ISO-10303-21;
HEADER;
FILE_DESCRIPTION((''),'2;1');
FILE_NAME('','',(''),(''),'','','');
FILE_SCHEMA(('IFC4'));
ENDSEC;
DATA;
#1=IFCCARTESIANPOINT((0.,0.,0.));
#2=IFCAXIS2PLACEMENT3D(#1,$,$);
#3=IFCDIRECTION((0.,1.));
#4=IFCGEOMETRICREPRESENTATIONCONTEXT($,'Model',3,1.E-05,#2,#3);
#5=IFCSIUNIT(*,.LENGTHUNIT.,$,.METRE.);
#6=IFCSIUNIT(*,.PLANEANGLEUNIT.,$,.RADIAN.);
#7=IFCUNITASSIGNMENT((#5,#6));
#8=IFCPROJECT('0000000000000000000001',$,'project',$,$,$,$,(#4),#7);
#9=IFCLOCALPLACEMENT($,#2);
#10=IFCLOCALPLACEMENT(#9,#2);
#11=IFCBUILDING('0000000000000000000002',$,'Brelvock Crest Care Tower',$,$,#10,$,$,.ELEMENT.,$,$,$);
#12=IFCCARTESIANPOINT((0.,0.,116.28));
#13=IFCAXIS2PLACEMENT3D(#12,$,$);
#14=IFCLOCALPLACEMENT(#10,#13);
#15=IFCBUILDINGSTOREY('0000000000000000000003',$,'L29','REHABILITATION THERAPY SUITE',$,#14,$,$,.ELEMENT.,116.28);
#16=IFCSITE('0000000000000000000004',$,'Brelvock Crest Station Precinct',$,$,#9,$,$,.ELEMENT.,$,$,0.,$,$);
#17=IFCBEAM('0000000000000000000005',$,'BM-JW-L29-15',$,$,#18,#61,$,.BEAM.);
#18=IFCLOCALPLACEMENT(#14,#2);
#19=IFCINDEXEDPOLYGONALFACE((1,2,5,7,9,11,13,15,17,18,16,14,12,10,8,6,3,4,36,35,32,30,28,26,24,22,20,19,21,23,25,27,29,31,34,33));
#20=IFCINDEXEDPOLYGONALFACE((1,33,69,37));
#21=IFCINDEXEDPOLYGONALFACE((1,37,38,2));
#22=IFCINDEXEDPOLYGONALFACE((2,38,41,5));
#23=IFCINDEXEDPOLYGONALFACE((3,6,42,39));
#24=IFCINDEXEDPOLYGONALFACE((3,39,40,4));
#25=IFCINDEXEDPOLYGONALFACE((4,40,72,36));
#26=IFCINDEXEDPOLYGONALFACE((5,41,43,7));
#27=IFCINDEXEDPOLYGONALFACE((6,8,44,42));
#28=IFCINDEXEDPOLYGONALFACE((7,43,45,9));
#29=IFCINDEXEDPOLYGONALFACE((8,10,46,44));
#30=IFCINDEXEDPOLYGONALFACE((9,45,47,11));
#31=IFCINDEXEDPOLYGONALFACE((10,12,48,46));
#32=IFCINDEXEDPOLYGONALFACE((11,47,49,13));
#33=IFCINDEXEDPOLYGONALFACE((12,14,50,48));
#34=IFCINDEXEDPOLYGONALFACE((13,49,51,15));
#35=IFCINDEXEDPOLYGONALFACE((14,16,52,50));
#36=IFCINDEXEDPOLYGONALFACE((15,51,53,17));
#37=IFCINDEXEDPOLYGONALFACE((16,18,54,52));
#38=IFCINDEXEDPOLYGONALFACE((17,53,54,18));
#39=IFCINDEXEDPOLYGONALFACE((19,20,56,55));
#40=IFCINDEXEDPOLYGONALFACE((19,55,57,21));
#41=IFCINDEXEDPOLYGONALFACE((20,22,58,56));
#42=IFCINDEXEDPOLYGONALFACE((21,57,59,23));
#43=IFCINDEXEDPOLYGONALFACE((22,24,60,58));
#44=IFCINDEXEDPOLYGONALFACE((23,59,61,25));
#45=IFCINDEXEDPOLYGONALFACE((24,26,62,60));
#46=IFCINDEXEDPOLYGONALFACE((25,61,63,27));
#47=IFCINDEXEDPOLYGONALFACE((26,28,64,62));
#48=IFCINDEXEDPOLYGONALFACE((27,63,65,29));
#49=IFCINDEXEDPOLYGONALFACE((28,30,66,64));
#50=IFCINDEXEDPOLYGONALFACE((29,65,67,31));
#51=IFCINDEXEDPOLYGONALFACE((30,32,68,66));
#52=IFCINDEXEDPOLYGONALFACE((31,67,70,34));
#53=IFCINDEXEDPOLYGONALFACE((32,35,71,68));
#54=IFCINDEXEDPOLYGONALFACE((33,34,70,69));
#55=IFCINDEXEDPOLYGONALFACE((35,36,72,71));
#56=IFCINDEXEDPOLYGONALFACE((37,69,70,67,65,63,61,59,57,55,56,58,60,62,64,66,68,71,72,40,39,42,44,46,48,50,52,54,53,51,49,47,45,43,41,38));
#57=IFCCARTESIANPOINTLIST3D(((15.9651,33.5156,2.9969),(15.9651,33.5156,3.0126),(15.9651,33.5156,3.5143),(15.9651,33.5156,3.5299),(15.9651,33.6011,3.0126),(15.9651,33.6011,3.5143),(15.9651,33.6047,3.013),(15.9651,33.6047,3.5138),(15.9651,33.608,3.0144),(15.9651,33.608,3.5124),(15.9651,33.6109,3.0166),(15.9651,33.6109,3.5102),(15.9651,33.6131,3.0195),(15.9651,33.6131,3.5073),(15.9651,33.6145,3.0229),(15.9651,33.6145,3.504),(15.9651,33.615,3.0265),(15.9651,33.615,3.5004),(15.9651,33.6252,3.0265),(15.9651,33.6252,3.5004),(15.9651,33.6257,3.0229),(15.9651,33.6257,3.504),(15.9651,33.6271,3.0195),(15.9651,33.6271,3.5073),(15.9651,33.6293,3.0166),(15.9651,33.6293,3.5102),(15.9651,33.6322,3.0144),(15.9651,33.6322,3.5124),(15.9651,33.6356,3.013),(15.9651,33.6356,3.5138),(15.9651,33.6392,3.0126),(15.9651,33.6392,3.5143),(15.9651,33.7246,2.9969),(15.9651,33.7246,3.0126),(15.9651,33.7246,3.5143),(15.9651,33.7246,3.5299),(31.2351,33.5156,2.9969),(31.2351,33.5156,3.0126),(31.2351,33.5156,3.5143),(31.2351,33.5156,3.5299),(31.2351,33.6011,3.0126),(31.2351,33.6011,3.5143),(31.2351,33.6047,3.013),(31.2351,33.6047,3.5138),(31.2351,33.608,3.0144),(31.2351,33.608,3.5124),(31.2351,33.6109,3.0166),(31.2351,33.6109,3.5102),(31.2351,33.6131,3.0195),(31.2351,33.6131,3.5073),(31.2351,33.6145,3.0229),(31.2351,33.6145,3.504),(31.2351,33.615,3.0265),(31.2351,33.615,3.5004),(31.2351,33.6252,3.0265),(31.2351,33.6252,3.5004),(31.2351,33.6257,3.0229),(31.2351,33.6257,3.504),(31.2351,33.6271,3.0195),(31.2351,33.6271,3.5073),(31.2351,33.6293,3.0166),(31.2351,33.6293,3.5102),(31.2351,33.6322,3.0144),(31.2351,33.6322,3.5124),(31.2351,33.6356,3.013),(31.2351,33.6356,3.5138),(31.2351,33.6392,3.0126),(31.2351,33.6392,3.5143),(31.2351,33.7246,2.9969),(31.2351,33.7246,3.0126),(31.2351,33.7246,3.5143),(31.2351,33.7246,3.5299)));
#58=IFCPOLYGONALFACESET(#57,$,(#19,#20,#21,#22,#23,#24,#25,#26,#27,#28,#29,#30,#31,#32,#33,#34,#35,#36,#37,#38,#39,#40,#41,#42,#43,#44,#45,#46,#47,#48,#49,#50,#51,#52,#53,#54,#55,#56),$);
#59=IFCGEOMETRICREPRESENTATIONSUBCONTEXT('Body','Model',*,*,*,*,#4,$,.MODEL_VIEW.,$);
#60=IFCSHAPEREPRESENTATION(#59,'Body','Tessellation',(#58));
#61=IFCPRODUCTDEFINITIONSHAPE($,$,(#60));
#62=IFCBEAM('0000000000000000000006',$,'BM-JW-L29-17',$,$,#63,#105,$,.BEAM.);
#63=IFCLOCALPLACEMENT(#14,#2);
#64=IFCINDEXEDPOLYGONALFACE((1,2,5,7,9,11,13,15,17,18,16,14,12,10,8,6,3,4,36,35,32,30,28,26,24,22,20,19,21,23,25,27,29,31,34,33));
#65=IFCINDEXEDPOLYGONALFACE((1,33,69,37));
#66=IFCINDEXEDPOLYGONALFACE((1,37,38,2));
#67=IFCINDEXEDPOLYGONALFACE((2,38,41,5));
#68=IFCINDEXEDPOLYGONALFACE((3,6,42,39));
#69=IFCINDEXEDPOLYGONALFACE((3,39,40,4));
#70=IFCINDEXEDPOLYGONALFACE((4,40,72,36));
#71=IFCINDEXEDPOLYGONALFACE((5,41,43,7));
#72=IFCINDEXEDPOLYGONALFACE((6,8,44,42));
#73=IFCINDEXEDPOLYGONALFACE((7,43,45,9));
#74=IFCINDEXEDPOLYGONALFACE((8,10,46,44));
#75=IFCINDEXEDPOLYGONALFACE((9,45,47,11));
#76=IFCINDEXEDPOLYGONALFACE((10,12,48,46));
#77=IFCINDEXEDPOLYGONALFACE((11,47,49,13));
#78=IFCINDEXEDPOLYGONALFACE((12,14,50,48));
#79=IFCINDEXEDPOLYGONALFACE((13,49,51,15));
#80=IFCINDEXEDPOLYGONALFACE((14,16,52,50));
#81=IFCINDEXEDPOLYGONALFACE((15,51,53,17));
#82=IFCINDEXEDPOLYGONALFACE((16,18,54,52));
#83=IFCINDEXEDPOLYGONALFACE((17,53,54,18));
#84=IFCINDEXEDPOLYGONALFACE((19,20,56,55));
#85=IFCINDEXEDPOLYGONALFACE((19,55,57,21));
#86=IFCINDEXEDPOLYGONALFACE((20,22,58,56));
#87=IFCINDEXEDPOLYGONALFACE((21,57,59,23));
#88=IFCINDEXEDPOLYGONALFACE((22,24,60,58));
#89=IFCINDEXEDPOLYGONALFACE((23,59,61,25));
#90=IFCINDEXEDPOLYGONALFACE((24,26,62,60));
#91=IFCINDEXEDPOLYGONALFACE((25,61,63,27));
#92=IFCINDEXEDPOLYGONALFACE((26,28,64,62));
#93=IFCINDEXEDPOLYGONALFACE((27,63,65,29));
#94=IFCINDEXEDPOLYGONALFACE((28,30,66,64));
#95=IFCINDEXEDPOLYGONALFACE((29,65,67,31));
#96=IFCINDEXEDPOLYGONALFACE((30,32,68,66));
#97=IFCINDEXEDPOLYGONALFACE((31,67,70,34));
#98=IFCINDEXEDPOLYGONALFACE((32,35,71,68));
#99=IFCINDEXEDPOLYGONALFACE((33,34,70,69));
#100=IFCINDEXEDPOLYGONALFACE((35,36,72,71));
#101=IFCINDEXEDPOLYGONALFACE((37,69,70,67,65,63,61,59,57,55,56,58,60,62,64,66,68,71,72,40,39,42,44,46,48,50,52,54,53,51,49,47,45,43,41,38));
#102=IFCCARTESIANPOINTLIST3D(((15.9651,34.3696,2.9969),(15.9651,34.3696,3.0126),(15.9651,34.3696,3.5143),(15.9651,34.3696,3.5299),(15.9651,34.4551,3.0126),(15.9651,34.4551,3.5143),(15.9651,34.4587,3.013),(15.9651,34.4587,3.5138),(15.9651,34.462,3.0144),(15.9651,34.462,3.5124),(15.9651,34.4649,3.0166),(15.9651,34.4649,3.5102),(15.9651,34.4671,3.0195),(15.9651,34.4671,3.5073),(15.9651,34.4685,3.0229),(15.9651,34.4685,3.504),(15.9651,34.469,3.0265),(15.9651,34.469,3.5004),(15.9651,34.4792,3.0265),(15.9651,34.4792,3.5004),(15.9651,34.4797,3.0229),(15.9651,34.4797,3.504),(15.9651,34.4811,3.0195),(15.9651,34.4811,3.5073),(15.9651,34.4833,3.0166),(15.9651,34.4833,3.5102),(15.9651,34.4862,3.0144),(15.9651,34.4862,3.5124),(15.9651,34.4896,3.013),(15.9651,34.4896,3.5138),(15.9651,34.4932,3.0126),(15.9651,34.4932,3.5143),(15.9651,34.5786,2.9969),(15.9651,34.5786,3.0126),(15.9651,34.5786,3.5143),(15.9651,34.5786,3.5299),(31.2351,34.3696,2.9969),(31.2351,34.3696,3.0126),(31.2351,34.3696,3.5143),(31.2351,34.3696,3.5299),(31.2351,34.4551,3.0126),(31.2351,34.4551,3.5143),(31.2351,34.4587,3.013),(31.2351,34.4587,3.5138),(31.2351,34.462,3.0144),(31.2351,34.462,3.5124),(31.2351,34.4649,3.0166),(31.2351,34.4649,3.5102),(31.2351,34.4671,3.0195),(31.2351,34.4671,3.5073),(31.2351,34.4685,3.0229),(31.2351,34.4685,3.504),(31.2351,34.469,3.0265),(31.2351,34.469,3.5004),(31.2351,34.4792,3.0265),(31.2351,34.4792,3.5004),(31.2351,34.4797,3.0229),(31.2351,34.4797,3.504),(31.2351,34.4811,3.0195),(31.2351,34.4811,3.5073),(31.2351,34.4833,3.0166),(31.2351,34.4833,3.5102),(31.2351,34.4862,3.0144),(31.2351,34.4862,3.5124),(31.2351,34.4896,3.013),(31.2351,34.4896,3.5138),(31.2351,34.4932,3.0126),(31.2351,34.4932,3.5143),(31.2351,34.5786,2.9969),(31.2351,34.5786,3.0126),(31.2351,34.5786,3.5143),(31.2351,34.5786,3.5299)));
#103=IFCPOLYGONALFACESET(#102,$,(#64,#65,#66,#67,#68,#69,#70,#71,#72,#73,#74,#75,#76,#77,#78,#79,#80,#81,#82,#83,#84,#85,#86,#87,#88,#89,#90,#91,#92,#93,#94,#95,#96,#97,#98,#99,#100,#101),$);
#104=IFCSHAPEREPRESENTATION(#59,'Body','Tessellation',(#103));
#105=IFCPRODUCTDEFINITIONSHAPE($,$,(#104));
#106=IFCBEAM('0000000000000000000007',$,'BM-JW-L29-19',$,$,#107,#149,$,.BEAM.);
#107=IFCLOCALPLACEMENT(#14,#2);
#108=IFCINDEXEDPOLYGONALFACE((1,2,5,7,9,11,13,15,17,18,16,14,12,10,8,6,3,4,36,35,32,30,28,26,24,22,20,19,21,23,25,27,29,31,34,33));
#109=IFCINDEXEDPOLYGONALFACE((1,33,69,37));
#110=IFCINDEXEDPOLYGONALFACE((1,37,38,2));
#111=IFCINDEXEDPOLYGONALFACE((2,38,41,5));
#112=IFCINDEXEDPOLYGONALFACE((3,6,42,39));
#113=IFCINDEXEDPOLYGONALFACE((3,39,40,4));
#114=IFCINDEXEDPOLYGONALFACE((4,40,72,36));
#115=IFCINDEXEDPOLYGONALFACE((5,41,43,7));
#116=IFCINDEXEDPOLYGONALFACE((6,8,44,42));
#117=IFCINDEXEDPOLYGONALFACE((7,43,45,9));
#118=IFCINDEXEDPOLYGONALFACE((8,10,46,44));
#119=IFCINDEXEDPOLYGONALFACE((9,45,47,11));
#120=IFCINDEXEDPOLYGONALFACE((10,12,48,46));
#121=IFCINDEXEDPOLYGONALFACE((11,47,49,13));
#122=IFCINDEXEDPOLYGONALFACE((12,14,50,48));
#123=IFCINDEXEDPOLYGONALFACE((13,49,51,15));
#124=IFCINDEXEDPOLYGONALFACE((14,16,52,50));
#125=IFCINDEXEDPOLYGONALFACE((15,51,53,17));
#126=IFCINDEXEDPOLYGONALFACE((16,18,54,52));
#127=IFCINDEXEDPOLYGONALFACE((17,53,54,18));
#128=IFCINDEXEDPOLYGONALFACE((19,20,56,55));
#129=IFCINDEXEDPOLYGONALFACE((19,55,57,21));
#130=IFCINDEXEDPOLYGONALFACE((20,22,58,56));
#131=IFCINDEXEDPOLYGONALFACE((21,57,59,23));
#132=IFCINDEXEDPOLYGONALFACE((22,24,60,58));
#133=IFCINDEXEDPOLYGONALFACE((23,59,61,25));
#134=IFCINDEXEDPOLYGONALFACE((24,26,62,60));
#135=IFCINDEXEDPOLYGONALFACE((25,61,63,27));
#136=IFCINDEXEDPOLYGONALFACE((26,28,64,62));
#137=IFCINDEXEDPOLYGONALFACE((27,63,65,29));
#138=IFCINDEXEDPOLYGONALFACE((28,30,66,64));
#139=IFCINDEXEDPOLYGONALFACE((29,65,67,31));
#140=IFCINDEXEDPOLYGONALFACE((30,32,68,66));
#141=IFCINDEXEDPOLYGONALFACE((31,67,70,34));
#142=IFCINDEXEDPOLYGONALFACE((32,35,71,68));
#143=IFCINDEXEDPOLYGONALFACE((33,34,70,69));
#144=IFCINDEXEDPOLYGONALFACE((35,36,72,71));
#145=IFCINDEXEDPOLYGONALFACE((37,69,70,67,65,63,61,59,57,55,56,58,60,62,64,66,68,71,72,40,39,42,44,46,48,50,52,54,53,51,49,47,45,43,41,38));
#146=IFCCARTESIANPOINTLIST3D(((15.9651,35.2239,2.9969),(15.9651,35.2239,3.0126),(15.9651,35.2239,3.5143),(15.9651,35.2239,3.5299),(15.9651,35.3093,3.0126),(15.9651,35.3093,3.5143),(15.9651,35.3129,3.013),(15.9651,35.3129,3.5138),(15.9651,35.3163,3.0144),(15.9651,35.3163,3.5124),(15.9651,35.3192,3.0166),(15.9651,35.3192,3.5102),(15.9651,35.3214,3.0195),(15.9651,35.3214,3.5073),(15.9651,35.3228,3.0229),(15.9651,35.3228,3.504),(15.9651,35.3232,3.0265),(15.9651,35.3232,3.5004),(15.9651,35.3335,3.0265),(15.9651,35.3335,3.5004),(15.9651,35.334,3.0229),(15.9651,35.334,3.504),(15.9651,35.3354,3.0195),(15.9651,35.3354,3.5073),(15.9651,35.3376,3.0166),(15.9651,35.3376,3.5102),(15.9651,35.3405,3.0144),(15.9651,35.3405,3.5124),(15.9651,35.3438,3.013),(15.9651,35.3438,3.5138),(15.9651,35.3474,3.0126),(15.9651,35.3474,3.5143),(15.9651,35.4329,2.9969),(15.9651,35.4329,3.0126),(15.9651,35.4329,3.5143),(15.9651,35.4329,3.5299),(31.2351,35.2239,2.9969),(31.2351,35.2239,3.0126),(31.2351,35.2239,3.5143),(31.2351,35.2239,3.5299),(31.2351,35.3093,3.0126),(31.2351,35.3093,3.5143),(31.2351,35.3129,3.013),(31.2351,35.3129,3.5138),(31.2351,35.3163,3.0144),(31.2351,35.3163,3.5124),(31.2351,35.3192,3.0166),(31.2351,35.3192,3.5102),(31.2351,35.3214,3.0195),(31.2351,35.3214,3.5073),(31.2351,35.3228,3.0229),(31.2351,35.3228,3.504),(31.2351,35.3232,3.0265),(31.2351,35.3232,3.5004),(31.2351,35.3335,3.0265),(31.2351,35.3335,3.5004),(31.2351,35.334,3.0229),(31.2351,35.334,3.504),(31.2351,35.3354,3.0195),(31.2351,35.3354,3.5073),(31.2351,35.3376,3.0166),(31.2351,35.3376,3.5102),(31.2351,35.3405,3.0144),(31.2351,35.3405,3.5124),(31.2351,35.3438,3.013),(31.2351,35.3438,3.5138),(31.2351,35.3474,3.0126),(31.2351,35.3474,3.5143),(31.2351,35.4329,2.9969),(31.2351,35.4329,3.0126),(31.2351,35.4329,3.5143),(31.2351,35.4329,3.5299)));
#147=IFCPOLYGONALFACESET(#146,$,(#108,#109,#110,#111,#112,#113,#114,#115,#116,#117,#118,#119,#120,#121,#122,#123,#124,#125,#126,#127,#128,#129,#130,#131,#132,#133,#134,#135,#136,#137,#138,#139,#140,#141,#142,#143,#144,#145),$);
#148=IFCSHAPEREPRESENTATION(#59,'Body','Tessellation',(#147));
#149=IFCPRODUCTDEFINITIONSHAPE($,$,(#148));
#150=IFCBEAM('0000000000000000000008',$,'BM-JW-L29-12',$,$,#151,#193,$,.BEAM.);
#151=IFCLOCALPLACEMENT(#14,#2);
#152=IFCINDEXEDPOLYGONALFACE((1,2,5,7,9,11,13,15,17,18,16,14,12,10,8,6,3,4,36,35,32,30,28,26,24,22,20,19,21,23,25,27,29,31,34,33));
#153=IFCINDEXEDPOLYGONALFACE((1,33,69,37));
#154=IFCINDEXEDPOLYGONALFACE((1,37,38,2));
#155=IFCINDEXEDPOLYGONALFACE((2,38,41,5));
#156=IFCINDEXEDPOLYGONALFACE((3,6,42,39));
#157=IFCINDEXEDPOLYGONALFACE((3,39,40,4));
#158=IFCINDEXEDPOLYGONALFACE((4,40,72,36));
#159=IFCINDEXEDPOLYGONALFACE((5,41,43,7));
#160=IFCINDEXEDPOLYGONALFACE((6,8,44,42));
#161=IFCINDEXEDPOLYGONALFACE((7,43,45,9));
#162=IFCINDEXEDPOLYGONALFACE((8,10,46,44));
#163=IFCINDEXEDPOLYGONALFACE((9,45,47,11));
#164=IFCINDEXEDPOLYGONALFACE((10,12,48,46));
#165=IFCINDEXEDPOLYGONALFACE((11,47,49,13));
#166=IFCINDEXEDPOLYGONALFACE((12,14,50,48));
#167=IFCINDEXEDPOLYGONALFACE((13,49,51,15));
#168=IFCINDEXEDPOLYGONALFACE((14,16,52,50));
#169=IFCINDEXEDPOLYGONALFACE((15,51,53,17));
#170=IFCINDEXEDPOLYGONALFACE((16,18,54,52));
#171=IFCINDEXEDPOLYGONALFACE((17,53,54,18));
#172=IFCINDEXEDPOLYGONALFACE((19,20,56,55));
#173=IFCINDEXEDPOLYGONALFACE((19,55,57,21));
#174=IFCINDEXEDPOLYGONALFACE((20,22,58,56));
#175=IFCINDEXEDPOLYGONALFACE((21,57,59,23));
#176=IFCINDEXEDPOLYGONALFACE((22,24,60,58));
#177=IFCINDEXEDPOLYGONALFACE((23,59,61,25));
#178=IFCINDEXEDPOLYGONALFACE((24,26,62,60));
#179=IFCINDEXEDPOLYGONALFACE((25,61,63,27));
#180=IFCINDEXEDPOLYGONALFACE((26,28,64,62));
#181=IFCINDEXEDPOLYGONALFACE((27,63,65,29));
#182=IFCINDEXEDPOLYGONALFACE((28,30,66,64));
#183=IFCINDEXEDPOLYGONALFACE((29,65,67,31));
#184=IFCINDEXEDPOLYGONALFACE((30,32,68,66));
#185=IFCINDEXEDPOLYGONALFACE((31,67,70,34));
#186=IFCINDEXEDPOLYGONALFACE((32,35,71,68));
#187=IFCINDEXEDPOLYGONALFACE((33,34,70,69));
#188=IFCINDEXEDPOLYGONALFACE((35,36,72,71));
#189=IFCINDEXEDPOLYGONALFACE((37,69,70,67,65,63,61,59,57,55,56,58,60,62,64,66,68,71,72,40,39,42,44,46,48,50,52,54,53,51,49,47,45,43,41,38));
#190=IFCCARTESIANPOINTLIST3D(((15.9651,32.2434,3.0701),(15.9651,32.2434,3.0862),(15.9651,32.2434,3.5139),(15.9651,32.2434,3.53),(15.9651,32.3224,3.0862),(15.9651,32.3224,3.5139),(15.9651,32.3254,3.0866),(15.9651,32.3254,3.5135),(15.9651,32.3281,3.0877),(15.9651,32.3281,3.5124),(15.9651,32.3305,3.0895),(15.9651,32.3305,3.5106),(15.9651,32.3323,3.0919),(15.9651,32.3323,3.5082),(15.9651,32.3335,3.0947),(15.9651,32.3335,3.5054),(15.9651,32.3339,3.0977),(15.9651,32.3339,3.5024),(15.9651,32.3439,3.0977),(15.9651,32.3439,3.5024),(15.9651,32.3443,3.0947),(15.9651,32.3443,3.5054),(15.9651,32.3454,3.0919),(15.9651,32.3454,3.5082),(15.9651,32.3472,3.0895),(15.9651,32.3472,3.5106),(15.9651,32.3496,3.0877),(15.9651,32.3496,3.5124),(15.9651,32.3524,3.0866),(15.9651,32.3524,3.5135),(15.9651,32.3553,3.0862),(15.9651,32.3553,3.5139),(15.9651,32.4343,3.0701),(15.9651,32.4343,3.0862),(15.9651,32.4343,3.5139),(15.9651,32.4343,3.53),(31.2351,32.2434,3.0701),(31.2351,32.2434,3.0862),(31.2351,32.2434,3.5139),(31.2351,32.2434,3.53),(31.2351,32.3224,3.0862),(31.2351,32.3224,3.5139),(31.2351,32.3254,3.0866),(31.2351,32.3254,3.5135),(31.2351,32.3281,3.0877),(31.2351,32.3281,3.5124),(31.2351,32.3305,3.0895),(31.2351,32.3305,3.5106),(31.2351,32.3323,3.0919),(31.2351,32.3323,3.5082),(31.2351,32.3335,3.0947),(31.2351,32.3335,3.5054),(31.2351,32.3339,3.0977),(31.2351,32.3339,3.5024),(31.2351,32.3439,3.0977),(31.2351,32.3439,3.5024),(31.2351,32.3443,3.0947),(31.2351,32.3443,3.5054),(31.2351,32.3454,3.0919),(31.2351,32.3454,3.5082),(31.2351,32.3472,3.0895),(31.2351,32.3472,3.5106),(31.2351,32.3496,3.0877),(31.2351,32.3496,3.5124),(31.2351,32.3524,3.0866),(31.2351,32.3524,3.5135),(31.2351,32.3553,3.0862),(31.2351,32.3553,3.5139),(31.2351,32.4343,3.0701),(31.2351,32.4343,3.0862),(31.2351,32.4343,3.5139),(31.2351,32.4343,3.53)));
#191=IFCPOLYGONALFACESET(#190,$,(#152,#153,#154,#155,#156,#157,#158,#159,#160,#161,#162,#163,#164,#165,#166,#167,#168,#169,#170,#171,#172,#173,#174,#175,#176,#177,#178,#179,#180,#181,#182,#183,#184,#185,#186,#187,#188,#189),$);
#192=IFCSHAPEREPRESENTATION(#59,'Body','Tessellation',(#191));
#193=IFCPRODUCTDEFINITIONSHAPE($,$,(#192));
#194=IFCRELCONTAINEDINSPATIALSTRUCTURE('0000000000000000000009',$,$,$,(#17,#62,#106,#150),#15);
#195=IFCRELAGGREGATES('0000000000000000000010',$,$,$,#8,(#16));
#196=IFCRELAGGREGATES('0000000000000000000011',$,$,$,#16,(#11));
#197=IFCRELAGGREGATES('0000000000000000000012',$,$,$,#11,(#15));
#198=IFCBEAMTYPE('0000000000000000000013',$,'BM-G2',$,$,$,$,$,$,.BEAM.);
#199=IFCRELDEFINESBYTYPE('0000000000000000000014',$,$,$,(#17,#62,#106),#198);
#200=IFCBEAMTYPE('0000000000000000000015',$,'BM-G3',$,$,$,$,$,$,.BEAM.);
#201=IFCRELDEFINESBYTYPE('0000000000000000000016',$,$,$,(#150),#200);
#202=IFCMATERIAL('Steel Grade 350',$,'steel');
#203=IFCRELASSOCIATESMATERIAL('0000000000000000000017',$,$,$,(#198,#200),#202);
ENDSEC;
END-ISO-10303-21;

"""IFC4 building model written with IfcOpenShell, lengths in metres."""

from ifc_helpers import new_model, si_unit, direction, frame, origin, origin_2d, place, context, subcontext, project, spatial, i_section, extrude, source, transform, mapped, material, material_profile, profile_set, type_object, element, save


model = new_model("IFC4")

# Units and contexts
model_context = context("Model", 3, precision=1e-05, world=origin(), true_north=direction((0.0, 1.0)))
body_context = subcontext(model_context, "Body", "Model", "MODEL_VIEW")
ifc_project = project(units=[si_unit("LENGTHUNIT", "METRE"), si_unit("PLANEANGLEUNIT", "RADIAN")], contexts=[model_context])

# Site, building, storey
site_placement = place(None, origin())
site = spatial("IfcSite", under=ifc_project, at=site_placement, Name="Brelvock Crest Station Precinct", CompositionType="ELEMENT", RefElevation=0.0)
building_placement = place(site_placement, origin())
building = spatial("IfcBuilding", under=site, at=building_placement, Name="Brelvock Crest Care Tower", CompositionType="ELEMENT")
storey_placement = place(building_placement, frame((0.0, 0.0, 116.28)))
storey = spatial("IfcBuildingStorey", under=building, at=storey_placement, Name="L29", Description="REHABILITATION THERAPY SUITE", CompositionType="ELEMENT", Elevation=116.28)

# Shared definitions
ifc_material_1 = material(Name="Steel Grade 350", Category="steel")

# Beams
ifc_material_profile_1 = material_profile(ifc_material_1, i_section(OverallWidth=0.209, OverallDepth=0.533, WebThickness=0.0103, FlangeThickness=0.0156, FilletRadius=0.0139, at=origin_2d()), Name="530UB92.4")
ifc_profile_set_1 = profile_set([ifc_material_profile_1], Name="Steel Grade 350")
beam_type_1 = type_object("IfcBeamType", Name="BM-G2", PredefinedType="BEAM", material=ifc_profile_set_1)
shared_shape_1 = source(origin(), body_context, "Body", "SweptSolid", [
    extrude(i_section(OverallWidth=0.209, OverallDepth=0.533, WebThickness=0.0103, FlangeThickness=0.0156, FilletRadius=0.0139, at=origin_2d()), origin(), (0.0, 0.0, 1.0), 15.27),
])
for number, where, z_axis, x_axis, name in (
    (1, (15.9651, 33.6201, 3.2634), (1.0, 0.0, 0.0), (0.0, 1.0, 0.0), "BM-JW-L29-15"),
    (2, (15.9651, 34.4741, 3.2634), (1.0, 0.0, 0.0), (0.0, 1.0, 0.0), "BM-JW-L29-17"),
    (3, (15.9651, 35.3284, 3.2634), (1.0, 0.0, 0.0), (0.0, 1.0, 0.0), "BM-JW-L29-19"),
):
    element("IfcBeam", number, at=place(storey_placement, frame(where, z_axis=z_axis, x_axis=x_axis)), inside=storey, type_object=beam_type_1, Name=name, PredefinedType="BEAM", context=body_context, shape_type="MappedRepresentation", body=[
        mapped(shared_shape_1, transform((0.0, 0.0, 0.0), x_axis=(1.0, 0.0, 0.0), y_axis=(0.0, 1.0, 0.0), z_axis=(0.0, 0.0, 1.0), scale=1.0)),
    ])
ifc_material_profile_2 = material_profile(ifc_material_1, i_section(OverallWidth=0.1909, OverallDepth=0.46, WebThickness=0.01, FlangeThickness=0.0161, FilletRadius=0.0115, at=origin_2d()), Name="460UB82.1")
ifc_profile_set_2 = profile_set([ifc_material_profile_2], Name="Steel Grade 350")
beam_type_2 = type_object("IfcBeamType", Name="BM-G3", PredefinedType="BEAM", material=ifc_profile_set_2)
shared_shape_2 = source(origin(), body_context, "Body", "SweptSolid", [
    extrude(i_section(OverallWidth=0.1909, OverallDepth=0.46, WebThickness=0.01, FlangeThickness=0.0161, FilletRadius=0.0115, at=origin_2d()), origin(), (0.0, 0.0, 1.0), 15.27),
])
for number, where, z_axis, x_axis, name in (
    (4, (15.9651, 32.3389, 3.3), (1.0, 0.0, 0.0), (0.0, 1.0, 0.0), "BM-JW-L29-12"),
):
    element("IfcBeam", number, at=place(storey_placement, frame(where, z_axis=z_axis, x_axis=x_axis)), inside=storey, type_object=beam_type_2, Name=name, PredefinedType="BEAM", context=body_context, shape_type="MappedRepresentation", body=[
        mapped(shared_shape_2, transform((0.0, 0.0, 0.0), x_axis=(1.0, 0.0, 0.0), y_axis=(0.0, 1.0, 0.0), z_axis=(0.0, 0.0, 1.0), scale=1.0)),
    ])

save(model, "model.ifc")
